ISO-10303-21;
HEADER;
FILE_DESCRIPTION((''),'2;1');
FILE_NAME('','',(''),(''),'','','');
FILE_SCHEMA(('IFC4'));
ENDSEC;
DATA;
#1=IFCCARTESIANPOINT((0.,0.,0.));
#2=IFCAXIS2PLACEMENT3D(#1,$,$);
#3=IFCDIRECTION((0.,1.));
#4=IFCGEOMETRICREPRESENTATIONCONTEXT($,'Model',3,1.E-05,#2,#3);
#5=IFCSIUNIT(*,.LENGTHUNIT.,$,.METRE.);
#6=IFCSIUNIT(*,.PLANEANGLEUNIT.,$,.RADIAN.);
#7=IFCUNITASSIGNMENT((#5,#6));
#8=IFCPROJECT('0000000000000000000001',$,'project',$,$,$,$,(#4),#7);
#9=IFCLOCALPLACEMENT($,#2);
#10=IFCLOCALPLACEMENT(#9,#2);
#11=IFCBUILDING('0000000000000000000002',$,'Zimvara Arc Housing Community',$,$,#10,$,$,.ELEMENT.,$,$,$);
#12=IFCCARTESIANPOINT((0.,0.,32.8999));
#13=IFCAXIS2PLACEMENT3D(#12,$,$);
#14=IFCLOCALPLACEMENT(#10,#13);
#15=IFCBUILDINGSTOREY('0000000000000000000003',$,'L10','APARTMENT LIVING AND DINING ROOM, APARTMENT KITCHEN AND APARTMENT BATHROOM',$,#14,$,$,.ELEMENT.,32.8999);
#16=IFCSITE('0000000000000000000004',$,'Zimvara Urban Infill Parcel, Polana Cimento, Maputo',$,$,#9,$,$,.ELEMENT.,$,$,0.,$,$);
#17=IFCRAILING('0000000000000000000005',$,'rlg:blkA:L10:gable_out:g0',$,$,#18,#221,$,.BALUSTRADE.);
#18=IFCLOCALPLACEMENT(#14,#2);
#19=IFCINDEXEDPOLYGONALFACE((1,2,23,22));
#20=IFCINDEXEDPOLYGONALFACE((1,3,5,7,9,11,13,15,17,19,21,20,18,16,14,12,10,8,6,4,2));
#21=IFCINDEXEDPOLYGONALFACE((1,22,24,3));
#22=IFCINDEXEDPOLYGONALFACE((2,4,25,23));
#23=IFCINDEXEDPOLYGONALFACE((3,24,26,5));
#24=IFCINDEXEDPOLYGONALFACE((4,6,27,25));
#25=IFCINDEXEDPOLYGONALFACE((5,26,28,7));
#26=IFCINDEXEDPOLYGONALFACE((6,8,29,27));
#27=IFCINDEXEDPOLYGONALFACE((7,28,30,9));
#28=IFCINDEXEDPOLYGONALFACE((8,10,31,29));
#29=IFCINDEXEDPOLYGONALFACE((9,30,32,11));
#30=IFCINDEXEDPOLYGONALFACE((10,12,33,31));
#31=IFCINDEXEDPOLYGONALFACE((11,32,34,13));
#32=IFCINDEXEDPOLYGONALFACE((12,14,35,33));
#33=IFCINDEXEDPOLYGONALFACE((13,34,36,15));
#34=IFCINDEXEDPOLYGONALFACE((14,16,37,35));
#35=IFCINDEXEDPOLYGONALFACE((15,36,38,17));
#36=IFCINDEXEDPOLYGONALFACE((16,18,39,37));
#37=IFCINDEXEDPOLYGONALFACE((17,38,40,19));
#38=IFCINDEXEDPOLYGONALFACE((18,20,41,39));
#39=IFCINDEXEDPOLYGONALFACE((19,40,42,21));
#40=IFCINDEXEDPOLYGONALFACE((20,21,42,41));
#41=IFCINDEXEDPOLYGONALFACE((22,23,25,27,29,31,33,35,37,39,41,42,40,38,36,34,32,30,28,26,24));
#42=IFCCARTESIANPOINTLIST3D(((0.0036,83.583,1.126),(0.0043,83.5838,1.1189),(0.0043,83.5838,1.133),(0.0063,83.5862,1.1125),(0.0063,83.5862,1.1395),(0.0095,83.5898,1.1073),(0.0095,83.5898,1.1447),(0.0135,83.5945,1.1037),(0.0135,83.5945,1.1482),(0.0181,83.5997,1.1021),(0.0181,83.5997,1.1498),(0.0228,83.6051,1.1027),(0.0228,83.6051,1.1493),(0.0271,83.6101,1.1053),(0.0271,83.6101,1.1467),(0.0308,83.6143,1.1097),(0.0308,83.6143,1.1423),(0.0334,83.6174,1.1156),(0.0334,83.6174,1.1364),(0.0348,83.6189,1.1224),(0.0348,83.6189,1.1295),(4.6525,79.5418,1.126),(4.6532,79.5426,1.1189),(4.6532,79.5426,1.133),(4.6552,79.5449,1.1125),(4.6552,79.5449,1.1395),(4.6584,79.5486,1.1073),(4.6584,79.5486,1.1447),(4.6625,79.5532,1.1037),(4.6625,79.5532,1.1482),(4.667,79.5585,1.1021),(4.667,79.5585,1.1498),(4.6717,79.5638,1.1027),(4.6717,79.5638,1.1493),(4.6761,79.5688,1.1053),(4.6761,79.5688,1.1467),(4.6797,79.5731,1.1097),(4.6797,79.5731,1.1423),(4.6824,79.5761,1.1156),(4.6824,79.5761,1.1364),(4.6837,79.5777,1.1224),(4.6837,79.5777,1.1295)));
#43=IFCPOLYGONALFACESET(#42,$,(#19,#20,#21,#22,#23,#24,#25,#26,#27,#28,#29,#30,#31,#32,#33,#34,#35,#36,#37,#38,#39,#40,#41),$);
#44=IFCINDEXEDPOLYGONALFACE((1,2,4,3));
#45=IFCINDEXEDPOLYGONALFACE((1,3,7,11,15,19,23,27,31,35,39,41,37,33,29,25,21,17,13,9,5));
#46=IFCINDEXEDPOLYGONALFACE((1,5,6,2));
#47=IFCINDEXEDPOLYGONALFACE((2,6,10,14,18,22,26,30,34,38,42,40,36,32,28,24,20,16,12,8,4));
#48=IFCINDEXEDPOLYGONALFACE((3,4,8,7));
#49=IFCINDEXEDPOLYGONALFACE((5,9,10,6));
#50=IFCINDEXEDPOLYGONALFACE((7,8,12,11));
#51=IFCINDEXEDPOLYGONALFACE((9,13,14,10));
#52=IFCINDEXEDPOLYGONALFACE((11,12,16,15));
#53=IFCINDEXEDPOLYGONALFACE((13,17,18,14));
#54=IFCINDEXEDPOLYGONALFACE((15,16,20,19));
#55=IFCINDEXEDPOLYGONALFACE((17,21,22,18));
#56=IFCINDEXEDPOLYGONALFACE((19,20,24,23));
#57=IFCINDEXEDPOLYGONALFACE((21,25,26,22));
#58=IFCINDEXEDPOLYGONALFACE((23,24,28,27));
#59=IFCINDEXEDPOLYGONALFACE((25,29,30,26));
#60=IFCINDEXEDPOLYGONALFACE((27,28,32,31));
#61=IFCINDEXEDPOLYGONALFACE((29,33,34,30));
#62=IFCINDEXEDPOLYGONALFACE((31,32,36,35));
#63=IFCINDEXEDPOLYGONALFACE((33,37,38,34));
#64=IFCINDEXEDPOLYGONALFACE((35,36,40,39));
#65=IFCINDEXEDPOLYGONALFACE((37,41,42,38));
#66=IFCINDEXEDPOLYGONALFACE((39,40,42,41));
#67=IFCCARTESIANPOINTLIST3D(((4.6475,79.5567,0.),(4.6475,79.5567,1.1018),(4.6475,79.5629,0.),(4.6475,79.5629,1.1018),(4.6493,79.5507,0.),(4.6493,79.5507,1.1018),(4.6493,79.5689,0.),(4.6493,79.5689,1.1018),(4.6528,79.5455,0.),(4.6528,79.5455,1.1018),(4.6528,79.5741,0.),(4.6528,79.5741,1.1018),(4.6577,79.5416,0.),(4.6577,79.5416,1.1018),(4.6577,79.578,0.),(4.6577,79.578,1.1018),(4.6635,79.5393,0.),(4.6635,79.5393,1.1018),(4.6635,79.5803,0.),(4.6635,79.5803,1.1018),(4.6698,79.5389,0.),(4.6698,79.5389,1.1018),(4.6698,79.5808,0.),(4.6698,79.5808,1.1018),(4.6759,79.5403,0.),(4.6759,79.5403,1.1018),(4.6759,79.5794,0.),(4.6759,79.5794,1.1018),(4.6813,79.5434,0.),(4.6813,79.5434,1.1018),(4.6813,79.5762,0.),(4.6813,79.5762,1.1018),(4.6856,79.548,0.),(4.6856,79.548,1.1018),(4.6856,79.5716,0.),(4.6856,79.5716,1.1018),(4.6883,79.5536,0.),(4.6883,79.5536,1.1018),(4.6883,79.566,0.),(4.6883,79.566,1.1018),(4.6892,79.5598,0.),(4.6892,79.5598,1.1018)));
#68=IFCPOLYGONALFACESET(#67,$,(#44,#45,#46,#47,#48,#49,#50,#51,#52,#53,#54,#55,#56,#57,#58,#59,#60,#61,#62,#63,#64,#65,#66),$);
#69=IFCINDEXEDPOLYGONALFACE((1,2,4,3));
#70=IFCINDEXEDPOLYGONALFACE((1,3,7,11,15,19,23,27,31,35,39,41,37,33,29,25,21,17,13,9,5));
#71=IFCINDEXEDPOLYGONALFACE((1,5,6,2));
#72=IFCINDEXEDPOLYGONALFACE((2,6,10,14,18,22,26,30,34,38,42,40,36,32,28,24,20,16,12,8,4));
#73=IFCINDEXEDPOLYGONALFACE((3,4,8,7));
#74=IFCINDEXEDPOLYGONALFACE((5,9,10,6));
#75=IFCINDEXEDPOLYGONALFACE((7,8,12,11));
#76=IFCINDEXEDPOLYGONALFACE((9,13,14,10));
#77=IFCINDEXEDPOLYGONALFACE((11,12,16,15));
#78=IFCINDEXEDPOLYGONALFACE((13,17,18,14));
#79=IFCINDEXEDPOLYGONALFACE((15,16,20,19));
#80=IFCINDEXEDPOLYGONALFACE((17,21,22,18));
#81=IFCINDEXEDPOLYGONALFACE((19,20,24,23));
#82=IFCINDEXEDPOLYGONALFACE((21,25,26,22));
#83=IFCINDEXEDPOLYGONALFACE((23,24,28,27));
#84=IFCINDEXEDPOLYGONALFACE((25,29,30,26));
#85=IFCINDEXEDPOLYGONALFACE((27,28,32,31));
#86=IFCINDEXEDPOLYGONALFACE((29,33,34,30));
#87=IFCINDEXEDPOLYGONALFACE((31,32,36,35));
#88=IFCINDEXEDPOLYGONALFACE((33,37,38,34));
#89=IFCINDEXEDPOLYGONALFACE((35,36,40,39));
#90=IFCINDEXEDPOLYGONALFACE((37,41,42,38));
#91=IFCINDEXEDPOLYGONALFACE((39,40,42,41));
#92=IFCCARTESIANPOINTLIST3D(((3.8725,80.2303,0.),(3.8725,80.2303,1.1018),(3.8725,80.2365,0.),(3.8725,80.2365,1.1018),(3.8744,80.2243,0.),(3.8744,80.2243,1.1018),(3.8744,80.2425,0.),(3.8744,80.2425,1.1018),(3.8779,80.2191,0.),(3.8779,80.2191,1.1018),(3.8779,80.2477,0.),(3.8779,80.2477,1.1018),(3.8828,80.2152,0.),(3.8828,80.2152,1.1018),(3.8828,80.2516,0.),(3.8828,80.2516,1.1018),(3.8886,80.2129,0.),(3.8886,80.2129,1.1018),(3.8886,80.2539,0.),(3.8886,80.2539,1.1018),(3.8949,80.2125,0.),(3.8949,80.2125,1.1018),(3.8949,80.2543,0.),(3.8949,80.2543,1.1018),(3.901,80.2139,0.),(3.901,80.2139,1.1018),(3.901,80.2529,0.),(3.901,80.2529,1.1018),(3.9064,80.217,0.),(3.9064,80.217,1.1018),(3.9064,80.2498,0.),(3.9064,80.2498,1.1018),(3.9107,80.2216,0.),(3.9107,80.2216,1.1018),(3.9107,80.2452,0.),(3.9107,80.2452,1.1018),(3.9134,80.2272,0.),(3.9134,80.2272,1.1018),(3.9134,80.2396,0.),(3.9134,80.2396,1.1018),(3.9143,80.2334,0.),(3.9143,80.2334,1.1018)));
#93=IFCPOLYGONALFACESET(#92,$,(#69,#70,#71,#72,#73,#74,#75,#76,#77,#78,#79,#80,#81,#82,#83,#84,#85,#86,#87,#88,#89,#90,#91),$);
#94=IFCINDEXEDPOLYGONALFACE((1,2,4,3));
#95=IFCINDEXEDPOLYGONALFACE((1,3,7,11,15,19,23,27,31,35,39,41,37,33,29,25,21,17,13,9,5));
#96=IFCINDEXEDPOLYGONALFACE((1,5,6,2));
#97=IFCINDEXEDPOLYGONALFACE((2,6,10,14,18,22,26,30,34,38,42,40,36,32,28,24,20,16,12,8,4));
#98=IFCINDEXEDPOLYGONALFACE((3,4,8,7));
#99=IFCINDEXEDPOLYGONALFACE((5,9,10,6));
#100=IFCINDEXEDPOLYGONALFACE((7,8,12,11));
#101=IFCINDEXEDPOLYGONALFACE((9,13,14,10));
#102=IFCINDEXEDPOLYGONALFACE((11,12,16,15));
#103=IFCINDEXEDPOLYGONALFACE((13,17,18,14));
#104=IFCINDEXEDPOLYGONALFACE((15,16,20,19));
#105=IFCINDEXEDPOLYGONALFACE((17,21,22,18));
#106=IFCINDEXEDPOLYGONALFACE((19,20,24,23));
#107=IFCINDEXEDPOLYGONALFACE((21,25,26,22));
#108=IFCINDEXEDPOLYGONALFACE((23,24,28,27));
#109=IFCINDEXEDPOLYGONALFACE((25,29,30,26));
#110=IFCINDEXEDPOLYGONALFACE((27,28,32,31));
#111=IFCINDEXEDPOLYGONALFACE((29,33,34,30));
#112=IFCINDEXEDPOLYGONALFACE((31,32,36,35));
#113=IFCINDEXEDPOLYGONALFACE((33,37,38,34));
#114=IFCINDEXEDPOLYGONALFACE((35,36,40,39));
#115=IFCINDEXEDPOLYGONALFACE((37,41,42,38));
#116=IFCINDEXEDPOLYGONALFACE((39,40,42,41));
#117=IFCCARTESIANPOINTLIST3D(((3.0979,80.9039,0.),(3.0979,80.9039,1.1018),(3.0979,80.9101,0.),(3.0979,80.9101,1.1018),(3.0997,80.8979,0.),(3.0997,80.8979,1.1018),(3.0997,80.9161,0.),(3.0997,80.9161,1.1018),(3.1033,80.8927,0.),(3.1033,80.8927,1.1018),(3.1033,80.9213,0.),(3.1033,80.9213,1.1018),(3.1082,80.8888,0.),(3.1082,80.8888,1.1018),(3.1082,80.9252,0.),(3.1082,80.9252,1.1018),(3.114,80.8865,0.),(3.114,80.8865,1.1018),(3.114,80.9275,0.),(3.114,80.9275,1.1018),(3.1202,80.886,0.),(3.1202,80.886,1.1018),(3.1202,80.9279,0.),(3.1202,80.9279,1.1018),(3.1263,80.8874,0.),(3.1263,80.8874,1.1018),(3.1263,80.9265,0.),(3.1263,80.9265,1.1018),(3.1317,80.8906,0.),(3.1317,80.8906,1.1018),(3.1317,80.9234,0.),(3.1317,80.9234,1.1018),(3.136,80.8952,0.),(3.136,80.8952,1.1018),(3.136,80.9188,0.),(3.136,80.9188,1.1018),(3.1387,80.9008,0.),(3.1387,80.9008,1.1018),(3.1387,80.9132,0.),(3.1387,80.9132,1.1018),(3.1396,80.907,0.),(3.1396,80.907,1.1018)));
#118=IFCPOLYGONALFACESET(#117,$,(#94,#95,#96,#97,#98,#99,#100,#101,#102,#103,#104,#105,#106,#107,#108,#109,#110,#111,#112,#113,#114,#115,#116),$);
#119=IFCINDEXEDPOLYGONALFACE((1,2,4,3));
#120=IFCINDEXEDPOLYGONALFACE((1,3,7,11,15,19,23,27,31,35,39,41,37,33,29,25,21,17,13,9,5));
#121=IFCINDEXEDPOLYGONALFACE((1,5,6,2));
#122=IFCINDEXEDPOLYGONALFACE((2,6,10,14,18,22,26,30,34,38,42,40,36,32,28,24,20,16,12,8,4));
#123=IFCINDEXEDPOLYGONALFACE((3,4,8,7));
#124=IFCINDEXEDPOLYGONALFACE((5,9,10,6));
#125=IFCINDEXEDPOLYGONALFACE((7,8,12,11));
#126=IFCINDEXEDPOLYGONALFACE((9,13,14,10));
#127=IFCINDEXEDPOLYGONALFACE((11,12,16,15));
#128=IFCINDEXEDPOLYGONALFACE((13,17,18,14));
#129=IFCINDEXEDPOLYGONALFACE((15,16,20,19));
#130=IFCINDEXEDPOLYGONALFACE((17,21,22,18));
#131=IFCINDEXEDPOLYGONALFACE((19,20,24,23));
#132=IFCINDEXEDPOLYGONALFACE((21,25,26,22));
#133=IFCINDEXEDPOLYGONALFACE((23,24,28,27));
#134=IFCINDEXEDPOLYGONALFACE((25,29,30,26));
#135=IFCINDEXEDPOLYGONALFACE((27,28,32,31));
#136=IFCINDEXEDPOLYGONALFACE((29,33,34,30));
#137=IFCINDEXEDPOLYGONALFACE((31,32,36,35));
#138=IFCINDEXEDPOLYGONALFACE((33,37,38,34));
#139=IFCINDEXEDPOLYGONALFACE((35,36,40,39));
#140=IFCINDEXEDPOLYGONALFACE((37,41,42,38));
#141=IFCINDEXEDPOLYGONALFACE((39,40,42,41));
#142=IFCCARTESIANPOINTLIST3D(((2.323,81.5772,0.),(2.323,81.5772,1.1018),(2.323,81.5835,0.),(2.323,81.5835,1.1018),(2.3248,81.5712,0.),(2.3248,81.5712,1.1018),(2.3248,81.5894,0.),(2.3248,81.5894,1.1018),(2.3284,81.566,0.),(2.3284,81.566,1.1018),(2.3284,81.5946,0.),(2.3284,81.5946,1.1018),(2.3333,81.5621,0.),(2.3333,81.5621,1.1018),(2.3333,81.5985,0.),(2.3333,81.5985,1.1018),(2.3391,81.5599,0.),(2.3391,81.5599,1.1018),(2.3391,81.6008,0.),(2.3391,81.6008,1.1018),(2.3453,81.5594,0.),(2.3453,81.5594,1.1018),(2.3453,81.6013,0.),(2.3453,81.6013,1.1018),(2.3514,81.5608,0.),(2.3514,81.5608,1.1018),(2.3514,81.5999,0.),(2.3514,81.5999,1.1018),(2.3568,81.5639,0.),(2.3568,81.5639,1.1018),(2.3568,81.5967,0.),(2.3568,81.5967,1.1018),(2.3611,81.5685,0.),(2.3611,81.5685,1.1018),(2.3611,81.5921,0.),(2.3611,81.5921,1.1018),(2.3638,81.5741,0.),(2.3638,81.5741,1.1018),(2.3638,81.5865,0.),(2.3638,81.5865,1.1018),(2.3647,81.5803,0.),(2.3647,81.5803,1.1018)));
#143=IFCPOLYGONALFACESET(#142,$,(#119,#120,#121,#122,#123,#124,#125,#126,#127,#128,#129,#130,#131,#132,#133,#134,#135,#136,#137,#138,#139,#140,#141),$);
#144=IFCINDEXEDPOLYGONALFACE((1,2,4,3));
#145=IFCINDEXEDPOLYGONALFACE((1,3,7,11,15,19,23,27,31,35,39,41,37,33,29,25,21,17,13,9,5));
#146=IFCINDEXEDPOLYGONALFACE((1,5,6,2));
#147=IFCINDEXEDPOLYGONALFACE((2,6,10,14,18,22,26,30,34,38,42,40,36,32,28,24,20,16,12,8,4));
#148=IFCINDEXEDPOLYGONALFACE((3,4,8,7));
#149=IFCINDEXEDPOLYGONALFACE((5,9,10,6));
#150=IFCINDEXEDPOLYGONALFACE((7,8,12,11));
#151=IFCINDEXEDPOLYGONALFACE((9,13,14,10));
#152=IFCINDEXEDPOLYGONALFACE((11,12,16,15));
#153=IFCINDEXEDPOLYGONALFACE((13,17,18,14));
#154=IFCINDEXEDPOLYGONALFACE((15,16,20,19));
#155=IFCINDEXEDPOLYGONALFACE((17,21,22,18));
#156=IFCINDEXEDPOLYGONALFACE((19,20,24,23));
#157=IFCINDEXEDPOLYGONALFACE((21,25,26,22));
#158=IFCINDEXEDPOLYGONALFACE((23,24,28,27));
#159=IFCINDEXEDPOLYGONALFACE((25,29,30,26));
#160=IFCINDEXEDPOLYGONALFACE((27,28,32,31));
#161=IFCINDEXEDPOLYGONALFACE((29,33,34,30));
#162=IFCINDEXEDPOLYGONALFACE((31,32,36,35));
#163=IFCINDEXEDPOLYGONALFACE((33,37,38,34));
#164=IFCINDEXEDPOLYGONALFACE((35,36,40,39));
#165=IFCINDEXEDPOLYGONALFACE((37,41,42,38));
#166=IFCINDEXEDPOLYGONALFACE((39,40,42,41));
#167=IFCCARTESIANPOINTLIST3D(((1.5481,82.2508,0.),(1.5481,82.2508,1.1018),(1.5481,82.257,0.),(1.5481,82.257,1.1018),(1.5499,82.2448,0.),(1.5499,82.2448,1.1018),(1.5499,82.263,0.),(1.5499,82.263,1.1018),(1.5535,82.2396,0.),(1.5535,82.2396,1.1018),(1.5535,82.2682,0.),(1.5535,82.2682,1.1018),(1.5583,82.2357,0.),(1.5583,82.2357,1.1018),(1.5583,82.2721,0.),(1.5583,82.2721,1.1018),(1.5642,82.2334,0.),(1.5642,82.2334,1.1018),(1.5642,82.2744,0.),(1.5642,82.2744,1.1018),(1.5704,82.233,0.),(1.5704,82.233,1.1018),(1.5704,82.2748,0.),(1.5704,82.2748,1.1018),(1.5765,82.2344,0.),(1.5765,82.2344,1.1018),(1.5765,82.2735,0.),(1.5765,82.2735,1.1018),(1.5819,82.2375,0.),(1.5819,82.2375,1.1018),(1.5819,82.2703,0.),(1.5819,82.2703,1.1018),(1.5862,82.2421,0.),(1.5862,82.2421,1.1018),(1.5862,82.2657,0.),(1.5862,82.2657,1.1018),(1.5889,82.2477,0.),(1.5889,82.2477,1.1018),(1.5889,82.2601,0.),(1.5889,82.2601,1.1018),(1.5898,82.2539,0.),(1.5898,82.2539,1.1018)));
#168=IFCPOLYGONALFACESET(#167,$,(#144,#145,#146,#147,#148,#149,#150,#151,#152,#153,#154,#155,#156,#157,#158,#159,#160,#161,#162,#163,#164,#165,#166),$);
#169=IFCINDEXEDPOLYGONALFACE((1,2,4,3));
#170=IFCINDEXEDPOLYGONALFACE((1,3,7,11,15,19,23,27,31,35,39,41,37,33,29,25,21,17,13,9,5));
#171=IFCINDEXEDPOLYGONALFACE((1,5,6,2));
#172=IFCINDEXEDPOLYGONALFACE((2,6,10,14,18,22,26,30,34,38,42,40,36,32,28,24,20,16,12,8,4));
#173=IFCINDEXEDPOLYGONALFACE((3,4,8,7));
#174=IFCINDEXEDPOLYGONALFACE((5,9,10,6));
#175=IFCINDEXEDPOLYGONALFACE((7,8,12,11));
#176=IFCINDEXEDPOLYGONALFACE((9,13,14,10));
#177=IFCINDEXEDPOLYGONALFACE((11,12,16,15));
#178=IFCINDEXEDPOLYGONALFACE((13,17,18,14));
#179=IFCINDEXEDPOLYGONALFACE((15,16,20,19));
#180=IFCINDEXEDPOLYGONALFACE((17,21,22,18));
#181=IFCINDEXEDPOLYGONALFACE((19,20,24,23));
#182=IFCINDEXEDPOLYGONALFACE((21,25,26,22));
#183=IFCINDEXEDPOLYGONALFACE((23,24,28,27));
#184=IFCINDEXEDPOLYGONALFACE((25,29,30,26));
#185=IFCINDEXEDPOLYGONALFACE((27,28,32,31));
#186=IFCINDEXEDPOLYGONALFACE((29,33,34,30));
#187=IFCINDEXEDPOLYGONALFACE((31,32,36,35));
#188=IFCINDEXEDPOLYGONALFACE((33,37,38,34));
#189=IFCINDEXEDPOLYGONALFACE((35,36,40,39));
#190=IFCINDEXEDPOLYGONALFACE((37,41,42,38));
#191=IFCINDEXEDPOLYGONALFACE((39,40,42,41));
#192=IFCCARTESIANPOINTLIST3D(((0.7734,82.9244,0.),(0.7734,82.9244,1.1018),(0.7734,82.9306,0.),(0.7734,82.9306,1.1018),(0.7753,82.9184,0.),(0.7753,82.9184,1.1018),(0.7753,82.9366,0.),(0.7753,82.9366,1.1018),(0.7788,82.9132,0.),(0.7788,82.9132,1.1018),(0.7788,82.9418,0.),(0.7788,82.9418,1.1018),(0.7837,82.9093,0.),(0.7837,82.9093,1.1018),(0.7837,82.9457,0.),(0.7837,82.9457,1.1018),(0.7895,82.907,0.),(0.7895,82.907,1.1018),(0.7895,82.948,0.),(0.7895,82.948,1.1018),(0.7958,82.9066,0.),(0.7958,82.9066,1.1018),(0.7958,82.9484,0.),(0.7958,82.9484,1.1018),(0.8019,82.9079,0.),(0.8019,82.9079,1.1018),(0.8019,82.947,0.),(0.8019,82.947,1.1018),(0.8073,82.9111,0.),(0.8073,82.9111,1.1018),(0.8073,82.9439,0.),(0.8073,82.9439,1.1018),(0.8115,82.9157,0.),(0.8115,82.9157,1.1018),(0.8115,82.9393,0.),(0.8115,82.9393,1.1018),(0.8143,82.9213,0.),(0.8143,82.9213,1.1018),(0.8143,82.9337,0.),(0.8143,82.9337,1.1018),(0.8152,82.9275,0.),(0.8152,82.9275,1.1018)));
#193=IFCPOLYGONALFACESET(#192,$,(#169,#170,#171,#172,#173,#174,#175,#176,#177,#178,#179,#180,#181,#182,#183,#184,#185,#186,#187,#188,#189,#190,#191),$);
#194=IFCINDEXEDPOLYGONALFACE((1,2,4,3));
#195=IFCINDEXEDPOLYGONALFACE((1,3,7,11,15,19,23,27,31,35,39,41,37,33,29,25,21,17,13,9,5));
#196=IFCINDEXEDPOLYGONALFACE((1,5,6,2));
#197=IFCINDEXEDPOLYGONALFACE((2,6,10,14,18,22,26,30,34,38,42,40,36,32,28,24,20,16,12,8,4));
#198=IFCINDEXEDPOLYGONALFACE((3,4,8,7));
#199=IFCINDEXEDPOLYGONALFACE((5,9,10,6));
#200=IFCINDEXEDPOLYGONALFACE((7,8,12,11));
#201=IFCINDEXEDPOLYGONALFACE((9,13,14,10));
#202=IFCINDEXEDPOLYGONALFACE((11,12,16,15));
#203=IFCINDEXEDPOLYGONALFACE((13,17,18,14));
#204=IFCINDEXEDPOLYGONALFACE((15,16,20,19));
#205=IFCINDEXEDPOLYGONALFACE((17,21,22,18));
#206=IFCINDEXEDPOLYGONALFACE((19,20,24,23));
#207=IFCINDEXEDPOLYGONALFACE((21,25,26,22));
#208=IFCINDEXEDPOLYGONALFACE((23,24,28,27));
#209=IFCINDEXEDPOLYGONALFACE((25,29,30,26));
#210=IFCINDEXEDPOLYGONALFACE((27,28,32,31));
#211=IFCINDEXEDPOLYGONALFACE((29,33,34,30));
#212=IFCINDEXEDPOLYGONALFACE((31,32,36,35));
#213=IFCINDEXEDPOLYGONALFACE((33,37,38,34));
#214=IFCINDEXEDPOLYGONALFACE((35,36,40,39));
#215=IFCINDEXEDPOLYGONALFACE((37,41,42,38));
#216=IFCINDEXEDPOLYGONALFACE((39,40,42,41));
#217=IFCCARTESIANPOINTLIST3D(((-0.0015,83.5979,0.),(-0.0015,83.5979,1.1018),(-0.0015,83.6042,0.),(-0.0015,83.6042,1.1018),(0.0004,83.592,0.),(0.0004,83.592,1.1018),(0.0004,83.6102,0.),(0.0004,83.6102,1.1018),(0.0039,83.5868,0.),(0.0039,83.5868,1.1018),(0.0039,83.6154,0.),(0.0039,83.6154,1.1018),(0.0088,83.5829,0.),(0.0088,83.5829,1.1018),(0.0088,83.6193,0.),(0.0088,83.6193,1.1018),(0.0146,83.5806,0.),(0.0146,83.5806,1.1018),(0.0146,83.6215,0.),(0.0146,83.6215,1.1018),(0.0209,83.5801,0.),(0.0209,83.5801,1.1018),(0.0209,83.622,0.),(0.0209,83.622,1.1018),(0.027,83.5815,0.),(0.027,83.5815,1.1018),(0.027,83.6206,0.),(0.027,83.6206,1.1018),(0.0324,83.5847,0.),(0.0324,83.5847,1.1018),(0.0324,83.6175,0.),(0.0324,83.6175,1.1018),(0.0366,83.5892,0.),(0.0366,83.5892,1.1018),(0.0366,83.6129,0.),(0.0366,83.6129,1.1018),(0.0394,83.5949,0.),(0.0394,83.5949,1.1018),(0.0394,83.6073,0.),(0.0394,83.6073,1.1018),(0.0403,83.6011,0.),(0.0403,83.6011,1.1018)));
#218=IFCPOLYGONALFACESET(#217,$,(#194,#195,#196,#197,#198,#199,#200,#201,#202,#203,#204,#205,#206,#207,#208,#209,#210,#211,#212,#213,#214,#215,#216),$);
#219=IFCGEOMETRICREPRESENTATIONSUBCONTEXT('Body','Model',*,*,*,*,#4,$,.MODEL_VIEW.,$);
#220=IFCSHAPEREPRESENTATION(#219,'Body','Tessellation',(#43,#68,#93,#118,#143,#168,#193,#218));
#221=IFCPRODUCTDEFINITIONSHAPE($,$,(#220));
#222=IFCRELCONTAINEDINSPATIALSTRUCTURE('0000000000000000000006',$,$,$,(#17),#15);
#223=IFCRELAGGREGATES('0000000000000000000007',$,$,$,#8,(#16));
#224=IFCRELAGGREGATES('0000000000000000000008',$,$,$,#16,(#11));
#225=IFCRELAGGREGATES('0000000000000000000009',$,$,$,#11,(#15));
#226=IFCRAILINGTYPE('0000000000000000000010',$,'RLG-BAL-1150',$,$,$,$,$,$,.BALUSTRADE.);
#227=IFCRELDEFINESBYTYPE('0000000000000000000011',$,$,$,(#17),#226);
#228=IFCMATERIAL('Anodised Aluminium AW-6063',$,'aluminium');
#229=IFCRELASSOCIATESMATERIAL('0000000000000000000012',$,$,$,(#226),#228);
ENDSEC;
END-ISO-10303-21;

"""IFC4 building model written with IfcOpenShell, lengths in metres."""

from ifc_helpers import new_model, si_unit, direction, frame, origin, origin_2d, place, context, subcontext, project, spatial, circle, extrude, material, type_object, element, save


model = new_model("IFC4")

# Units and contexts
model_context = context("Model", 3, precision=1e-05, world=origin(), true_north=direction((0.0, 1.0)))
body_context = subcontext(model_context, "Body", "Model", "MODEL_VIEW")
ifc_project = project(units=[si_unit("LENGTHUNIT", "METRE"), si_unit("PLANEANGLEUNIT", "RADIAN")], contexts=[model_context])

# Site, building, storey
site_placement = place(None, origin())
site = spatial("IfcSite", under=ifc_project, at=site_placement, Name="Zimvara Urban Infill Parcel, Polana Cimento, Maputo", CompositionType="ELEMENT", RefElevation=0.0)
building_placement = place(site_placement, origin())
building = spatial("IfcBuilding", under=site, at=building_placement, Name="Zimvara Arc Housing Community", CompositionType="ELEMENT")
storey_placement = place(building_placement, frame((0.0, 0.0, 32.8999)))
storey = spatial("IfcBuildingStorey", under=building, at=storey_placement, Name="L10", Description="APARTMENT LIVING AND DINING ROOM, APARTMENT KITCHEN AND APARTMENT BATHROOM", CompositionType="ELEMENT", Elevation=32.8999)

# Railing
ifc_material_1 = material(Name="Anodised Aluminium AW-6063", Category="aluminium")
railing_type_1 = type_object("IfcRailingType", Name="RLG-BAL-1150", PredefinedType="BALUSTRADE", material=ifc_material_1)
railing_1_placement = place(storey_placement, frame((4.6682, 79.5598, 0.0)))
element("IfcRailing", 1, at=railing_1_placement, inside=storey, type_object=railing_type_1, Name="rlg:blkA:L10:gable_out:g0", PredefinedType="BALUSTRADE", context=body_context, shape_type="SweptSolid", body=[
    extrude(circle(Radius=0.0239, at=origin_2d()), frame((0.0, 0.0, 1.126), z_axis=(-0.754709, 0.65606, 0.0), x_axis=(-0.65606, -0.754709, 0.0)), (0.0, 0.0, 1.0), 6.1599),
    extrude(circle(Radius=0.021, at=origin_2d()), origin(), (0.0, 0.0, 1.0), 1.1018),
    extrude(circle(Radius=0.021, at=origin_2d()), frame((-0.7749, 0.6736, 0.0)), (0.0, 0.0, 1.0), 1.1018),
    extrude(circle(Radius=0.021, at=origin_2d()), frame((-1.5496, 1.3472, 0.0)), (0.0, 0.0, 1.0), 1.1018),
    extrude(circle(Radius=0.021, at=origin_2d()), frame((-2.3245, 2.0205, 0.0)), (0.0, 0.0, 1.0), 1.1018),
    extrude(circle(Radius=0.021, at=origin_2d()), frame((-3.0994, 2.6941, 0.0)), (0.0, 0.0, 1.0), 1.1018),
    extrude(circle(Radius=0.021, at=origin_2d()), frame((-3.874, 3.3677, 0.0)), (0.0, 0.0, 1.0), 1.1018),
    extrude(circle(Radius=0.021, at=origin_2d()), frame((-4.6489, 4.0413, 0.0)), (0.0, 0.0, 1.0), 1.1018),
])

save(model, "model.ifc")
